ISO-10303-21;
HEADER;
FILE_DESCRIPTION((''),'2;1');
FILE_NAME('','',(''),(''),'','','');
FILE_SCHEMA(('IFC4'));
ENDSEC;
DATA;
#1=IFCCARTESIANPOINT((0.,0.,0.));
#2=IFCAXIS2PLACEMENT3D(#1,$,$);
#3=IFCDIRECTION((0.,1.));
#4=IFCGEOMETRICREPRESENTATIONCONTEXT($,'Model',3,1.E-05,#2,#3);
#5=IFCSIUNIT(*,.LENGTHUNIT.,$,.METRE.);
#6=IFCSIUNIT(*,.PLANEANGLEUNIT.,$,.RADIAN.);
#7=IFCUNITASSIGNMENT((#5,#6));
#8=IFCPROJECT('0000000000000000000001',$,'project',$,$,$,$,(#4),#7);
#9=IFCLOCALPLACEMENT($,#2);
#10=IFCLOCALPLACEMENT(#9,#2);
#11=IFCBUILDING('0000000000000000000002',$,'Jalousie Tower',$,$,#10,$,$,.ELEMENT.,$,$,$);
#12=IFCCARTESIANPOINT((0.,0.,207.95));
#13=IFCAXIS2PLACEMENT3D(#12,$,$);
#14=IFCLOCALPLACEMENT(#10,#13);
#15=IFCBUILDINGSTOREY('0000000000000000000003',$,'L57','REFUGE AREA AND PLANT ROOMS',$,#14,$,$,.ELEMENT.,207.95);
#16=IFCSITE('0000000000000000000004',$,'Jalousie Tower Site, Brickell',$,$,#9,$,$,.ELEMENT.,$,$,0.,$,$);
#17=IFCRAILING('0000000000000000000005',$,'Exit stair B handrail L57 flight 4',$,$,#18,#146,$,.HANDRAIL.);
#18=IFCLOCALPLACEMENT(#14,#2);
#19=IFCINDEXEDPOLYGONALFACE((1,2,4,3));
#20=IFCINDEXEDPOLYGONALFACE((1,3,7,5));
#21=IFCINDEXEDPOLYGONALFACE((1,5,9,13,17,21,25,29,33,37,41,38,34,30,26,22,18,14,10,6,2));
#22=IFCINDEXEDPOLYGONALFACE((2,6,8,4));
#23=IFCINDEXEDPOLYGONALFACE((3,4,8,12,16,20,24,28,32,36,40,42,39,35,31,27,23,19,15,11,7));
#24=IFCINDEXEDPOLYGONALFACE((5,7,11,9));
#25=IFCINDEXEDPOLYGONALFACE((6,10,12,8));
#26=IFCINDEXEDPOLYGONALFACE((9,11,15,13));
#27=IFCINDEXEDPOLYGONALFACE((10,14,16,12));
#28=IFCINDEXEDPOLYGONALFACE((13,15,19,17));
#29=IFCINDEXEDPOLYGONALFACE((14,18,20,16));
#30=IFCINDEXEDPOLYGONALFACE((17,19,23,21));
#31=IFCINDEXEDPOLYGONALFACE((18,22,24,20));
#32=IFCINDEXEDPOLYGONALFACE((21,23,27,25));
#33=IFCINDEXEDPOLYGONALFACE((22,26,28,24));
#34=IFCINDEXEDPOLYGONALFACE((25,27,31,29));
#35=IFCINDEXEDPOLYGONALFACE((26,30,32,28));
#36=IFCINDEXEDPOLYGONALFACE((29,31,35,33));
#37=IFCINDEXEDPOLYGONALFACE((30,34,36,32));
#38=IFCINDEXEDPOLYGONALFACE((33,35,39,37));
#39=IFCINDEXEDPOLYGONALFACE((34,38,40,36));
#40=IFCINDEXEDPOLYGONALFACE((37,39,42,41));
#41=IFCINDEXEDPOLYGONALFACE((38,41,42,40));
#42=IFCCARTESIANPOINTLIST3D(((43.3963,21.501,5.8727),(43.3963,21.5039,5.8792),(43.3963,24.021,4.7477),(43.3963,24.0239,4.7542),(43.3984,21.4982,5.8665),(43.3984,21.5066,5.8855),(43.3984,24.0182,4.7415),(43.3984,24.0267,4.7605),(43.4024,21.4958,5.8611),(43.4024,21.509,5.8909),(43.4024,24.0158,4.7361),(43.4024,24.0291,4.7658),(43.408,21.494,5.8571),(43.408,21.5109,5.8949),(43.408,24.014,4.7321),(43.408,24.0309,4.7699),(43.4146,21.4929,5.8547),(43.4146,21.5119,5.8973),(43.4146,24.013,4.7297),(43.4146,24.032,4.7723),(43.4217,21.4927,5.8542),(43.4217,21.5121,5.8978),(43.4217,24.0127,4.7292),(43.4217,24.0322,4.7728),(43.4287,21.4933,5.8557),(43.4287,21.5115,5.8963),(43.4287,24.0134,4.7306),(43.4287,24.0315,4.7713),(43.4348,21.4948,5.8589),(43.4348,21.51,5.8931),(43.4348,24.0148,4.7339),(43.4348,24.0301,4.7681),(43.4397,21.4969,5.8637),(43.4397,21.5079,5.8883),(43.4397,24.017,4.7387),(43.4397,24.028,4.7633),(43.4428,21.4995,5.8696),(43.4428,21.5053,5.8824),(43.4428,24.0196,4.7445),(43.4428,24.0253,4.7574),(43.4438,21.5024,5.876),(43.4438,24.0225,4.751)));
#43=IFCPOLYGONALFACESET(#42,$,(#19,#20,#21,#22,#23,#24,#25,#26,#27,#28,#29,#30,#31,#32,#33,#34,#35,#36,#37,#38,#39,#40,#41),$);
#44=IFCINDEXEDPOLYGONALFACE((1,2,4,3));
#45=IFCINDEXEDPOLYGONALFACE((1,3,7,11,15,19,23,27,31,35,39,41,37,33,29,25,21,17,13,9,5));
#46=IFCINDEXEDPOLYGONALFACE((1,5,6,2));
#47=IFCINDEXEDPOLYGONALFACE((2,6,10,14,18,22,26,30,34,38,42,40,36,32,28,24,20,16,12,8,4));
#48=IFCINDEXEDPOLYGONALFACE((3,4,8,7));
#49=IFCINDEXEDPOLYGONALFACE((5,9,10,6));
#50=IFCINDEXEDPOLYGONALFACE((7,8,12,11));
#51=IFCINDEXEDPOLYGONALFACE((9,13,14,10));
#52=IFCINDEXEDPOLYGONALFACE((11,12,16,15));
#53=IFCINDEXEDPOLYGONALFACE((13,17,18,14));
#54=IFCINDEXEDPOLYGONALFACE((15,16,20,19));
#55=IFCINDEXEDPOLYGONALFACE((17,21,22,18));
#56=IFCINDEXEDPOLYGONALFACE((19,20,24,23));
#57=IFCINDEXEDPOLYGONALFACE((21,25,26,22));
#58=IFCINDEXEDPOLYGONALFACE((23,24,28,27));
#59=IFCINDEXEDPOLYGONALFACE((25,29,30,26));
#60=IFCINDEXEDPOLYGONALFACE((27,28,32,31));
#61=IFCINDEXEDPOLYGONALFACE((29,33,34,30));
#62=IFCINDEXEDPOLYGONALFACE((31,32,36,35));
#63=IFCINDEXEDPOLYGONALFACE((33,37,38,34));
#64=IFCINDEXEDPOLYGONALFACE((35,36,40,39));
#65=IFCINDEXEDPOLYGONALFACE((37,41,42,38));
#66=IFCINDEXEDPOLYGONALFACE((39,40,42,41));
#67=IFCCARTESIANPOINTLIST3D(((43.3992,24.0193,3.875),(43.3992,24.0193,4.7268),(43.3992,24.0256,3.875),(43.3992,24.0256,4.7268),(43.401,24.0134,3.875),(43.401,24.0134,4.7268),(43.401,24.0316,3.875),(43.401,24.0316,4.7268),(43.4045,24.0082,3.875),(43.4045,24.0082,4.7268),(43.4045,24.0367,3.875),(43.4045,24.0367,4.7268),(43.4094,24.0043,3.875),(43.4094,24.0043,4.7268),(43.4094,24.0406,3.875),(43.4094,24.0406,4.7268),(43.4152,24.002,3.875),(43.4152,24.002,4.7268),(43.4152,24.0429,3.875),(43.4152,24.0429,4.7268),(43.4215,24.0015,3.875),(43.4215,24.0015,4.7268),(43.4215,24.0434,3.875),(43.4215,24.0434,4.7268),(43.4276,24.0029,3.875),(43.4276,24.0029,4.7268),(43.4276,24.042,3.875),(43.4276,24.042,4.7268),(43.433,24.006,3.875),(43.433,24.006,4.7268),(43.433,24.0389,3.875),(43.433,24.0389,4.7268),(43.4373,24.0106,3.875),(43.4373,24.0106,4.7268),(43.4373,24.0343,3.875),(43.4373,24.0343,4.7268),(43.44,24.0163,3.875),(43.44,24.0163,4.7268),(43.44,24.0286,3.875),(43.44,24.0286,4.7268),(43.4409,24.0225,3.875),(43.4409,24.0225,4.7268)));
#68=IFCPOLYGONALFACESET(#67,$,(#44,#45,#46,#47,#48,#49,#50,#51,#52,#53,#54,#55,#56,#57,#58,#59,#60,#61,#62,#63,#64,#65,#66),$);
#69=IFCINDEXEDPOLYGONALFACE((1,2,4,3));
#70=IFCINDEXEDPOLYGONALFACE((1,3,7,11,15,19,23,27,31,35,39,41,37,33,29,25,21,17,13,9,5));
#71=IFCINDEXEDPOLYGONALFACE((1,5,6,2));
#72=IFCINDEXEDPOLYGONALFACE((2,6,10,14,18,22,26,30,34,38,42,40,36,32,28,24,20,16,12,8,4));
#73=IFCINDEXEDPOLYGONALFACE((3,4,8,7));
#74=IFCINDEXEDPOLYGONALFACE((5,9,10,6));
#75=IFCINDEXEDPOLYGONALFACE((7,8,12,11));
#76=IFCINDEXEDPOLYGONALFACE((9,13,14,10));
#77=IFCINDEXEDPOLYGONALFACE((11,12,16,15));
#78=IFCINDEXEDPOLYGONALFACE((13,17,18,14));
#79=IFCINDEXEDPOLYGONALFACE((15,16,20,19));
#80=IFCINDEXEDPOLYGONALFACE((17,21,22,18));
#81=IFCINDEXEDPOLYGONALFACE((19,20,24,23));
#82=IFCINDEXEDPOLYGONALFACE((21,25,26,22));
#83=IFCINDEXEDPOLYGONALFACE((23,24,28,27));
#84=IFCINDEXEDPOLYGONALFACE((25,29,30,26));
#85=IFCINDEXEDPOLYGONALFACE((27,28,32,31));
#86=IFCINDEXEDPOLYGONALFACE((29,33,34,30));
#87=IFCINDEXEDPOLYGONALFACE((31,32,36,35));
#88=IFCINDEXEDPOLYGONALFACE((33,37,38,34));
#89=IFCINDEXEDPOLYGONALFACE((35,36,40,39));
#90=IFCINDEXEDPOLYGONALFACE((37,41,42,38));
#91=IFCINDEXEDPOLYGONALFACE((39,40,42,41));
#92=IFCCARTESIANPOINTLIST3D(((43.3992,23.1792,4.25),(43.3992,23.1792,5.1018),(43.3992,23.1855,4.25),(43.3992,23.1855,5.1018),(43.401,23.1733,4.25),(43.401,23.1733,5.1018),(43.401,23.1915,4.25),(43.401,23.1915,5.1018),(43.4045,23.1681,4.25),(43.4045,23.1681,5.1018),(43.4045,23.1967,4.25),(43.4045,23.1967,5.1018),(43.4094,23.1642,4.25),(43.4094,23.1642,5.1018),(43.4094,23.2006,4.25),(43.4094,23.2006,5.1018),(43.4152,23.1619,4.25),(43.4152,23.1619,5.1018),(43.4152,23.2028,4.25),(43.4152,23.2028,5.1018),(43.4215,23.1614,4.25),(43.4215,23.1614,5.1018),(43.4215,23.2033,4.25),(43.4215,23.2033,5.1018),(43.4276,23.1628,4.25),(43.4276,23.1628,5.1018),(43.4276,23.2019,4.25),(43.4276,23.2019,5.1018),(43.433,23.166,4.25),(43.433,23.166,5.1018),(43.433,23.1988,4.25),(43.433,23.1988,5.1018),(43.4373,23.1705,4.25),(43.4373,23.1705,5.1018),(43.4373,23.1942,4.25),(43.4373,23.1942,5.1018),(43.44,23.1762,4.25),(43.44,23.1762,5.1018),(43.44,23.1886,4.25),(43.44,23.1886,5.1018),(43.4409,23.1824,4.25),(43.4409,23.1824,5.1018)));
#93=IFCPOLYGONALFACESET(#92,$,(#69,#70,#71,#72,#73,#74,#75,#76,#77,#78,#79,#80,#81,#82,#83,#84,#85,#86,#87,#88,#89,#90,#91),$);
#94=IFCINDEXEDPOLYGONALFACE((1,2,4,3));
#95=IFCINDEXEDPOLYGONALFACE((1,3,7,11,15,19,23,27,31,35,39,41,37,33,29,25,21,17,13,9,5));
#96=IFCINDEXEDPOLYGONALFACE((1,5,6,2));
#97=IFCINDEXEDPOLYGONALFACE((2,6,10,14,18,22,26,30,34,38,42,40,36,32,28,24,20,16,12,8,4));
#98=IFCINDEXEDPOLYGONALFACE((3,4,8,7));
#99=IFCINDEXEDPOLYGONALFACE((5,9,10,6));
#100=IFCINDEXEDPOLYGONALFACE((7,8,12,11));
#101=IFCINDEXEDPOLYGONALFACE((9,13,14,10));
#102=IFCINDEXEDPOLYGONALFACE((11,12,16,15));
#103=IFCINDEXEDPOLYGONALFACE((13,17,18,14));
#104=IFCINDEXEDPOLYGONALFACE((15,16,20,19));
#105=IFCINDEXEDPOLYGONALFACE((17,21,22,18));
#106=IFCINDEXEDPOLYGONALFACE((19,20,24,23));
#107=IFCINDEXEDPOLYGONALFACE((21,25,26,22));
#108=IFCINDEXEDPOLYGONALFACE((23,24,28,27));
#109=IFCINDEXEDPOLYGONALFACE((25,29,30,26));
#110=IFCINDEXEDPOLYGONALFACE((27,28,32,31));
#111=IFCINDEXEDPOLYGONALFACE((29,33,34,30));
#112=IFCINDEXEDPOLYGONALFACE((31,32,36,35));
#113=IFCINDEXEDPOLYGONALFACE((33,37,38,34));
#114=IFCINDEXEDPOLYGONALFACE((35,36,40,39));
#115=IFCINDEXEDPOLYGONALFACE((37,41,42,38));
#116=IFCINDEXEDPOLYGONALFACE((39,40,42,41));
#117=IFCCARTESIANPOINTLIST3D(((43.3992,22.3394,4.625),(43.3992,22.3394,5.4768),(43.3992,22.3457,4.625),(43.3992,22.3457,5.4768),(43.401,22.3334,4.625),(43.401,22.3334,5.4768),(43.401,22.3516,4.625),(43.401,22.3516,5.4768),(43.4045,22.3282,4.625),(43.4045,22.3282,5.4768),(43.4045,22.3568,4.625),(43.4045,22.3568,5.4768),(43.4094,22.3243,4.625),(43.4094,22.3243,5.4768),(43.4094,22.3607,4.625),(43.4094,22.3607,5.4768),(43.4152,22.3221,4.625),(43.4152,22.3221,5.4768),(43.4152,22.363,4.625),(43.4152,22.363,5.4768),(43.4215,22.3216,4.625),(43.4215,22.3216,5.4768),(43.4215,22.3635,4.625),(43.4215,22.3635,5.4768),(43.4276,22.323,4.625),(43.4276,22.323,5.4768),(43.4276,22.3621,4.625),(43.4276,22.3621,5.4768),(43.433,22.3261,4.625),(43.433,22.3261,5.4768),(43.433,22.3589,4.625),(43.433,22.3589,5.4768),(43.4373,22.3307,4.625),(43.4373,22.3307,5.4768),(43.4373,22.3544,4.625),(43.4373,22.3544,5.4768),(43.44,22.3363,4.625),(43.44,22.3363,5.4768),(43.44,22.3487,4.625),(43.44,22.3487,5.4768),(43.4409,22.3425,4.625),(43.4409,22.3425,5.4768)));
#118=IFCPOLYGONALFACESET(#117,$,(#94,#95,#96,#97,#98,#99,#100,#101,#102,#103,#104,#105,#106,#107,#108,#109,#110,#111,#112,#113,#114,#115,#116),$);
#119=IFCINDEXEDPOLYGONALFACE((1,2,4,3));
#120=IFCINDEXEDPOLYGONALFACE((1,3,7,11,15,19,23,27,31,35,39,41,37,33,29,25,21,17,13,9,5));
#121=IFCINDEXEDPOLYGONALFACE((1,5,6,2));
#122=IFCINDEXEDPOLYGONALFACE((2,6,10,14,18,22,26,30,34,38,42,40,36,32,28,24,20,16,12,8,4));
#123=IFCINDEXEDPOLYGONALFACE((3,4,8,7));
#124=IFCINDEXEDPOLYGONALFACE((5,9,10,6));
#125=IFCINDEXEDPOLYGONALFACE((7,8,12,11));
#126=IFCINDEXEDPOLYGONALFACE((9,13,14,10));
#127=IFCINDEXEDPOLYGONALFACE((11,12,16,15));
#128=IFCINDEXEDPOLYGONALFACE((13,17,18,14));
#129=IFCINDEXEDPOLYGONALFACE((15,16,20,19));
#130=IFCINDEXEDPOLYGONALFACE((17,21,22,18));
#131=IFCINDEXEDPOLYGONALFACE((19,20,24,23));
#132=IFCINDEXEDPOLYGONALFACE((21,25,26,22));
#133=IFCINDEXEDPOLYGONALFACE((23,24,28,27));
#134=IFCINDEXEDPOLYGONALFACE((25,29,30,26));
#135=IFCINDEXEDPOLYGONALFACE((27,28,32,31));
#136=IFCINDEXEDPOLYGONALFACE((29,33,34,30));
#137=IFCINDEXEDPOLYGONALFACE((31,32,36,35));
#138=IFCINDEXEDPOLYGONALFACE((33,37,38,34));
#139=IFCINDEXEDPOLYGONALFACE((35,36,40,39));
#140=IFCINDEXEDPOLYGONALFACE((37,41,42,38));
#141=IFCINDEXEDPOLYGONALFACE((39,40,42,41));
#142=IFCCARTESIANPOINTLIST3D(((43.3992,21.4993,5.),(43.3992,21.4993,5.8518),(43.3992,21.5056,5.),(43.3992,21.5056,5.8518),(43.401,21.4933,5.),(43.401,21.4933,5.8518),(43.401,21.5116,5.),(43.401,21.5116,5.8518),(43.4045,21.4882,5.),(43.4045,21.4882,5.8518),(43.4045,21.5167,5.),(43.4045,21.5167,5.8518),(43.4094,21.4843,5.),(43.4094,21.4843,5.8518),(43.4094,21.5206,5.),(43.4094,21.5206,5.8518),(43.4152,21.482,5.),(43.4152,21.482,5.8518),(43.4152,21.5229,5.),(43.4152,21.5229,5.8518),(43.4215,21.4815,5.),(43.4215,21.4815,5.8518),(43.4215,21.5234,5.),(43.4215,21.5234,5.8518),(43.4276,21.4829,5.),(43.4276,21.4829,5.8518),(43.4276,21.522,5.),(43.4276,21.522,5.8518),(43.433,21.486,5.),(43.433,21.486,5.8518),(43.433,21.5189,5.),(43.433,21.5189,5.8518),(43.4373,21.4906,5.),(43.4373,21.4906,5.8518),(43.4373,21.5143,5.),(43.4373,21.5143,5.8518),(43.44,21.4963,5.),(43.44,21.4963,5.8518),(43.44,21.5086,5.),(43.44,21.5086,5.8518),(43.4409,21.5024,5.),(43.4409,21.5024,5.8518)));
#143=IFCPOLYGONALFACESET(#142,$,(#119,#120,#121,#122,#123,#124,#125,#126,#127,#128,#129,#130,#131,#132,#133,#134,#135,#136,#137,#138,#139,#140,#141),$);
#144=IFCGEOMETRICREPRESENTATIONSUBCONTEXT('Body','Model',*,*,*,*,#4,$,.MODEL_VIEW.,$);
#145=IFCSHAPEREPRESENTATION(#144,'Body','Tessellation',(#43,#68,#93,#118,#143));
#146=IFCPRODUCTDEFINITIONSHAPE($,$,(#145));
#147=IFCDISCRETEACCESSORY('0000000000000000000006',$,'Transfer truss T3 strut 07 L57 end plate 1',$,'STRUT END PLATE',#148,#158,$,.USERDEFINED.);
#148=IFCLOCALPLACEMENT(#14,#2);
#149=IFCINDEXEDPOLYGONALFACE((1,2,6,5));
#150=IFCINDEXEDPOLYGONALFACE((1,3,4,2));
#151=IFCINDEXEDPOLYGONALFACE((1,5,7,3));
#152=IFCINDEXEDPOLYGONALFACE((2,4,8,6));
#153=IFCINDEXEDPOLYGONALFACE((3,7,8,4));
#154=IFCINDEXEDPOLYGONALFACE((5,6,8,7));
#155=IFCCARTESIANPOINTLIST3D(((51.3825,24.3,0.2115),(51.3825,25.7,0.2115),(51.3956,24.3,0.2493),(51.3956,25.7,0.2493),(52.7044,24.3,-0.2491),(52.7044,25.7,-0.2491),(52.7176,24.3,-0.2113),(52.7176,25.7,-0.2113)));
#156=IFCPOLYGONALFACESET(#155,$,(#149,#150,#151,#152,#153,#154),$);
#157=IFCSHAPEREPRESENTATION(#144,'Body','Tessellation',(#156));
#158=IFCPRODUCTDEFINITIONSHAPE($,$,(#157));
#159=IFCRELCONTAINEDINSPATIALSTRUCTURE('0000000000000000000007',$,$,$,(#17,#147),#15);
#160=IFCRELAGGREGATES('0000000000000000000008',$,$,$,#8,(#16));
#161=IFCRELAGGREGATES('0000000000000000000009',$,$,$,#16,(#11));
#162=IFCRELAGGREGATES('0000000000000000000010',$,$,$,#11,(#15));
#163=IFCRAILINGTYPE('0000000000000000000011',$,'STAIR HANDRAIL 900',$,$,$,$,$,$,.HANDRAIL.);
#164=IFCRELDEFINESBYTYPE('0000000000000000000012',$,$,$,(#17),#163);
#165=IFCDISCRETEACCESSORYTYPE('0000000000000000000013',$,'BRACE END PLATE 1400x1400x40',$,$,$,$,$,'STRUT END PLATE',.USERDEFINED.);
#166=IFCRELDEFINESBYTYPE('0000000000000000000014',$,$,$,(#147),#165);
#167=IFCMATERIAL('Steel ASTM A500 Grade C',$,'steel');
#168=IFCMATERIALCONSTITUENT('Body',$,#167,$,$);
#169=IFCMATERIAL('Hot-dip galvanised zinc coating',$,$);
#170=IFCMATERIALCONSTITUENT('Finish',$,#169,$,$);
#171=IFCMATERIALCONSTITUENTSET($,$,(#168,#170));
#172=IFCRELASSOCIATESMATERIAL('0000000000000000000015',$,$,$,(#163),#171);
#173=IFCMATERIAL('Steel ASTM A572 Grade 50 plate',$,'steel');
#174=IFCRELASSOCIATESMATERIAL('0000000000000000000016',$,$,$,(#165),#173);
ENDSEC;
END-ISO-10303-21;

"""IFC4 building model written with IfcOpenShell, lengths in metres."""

from ifc_helpers import new_model, si_unit, direction, frame, origin, origin_2d, place, context, subcontext, project, spatial, rectangle, circle, extrude, material, constituent, constituent_set, material_profile, profile_set, type_object, element, save


model = new_model("IFC4")

# Units and contexts
model_context = context("Model", 3, precision=1e-05, world=origin(), true_north=direction((0.0, 1.0)))
body_context = subcontext(model_context, "Body", "Model", "MODEL_VIEW")
ifc_project = project(units=[si_unit("LENGTHUNIT", "METRE"), si_unit("PLANEANGLEUNIT", "RADIAN")], contexts=[model_context])

# Site, building, storey
site_placement = place(None, origin())
site = spatial("IfcSite", under=ifc_project, at=site_placement, Name="Jalousie Tower Site, Brickell", CompositionType="ELEMENT", RefElevation=0.0)
building_placement = place(site_placement, origin())
building = spatial("IfcBuilding", under=site, at=building_placement, Name="Jalousie Tower", CompositionType="ELEMENT")
storey_placement = place(building_placement, frame((0.0, 0.0, 207.95)))
storey = spatial("IfcBuildingStorey", under=building, at=storey_placement, Name="L57", Description="REFUGE AREA AND PLANT ROOMS", CompositionType="ELEMENT", Elevation=207.95)

# Railing
ifc_material_1 = material(Name="Steel ASTM A500 Grade C", Category="steel")
ifc_constituent_1 = constituent(ifc_material_1, Name="Body")
ifc_material_2 = material(Name="Hot-dip galvanised zinc coating")
ifc_constituent_2 = constituent(ifc_material_2, Name="Finish")
ifc_constituent_set_1 = constituent_set(constituents=[ifc_constituent_1, ifc_constituent_2])
railing_type_1 = type_object("IfcRailingType", Name="STAIR HANDRAIL 900", PredefinedType="HANDRAIL", material=ifc_constituent_set_1)
for number, where, name in (
    (1, (43.4199, 24.0225, 3.875), "Exit stair B handrail L57 flight 4"),
):
    element("IfcRailing", number, at=place(storey_placement, frame(where)), inside=storey, type_object=railing_type_1, Name=name, PredefinedType="HANDRAIL", context=body_context, shape_type="SweptSolid", body=[
        extrude(circle(Radius=0.0239, at=origin_2d()), frame((0.0, 0.0, 0.876), z_axis=(0.0, -0.913139, 0.407648), x_axis=(1.0, 0.0, 0.0)), (0.0, 0.0, 1.0), 2.7598),
        extrude(circle(Radius=0.021, at=origin_2d()), origin(), (0.0, 0.0, 1.0), 0.8518),
        extrude(circle(Radius=0.021, at=origin_2d()), frame((0.0, -0.8401, 0.375)), (0.0, 0.0, 1.0), 0.8518),
        extrude(circle(Radius=0.021, at=origin_2d()), frame((0.0, -1.6799, 0.75)), (0.0, 0.0, 1.0), 0.8518),
        extrude(circle(Radius=0.021, at=origin_2d()), frame((0.0, -2.52, 1.125)), (0.0, 0.0, 1.0), 0.8518),
    ])

# Discrete accessory
ifc_material_3 = material(Name="Steel ASTM A572 Grade 50 plate", Category="steel")
ifc_material_profile_1 = material_profile(ifc_material_3, rectangle(XDim=1.3999, YDim=1.3999, at=origin_2d()), Name="BRACE END PLATE 1400x1400x40")
ifc_profile_set_1 = profile_set([ifc_material_profile_1], Name="Steel ASTM A572 Grade 50 plate")
discrete_accessory_type = type_object("IfcDiscreteAccessoryType", Name="BRACE END PLATE 1400x1400x40", ElementType="STRUT END PLATE", PredefinedType="USERDEFINED", material=ifc_profile_set_1)
discrete_accessory_placement = place(storey_placement, frame((52.0435, 25.0, -0.0188), z_axis=(0.328993, 0.0, 0.944332), x_axis=(0.0, 1.0, 0.0)))
element("IfcDiscreteAccessory", 2, at=discrete_accessory_placement, inside=storey, type_object=discrete_accessory_type, Name="Transfer truss T3 strut 07 L57 end plate 1", ObjectType="STRUT END PLATE", PredefinedType="USERDEFINED", context=body_context, shape_type="SweptSolid", body=[
    extrude(rectangle(XDim=1.3999, YDim=1.3999, at=origin_2d()), origin(), (0.0, 0.0, 1.0), 0.04),
])

save(model, "model.ifc")
